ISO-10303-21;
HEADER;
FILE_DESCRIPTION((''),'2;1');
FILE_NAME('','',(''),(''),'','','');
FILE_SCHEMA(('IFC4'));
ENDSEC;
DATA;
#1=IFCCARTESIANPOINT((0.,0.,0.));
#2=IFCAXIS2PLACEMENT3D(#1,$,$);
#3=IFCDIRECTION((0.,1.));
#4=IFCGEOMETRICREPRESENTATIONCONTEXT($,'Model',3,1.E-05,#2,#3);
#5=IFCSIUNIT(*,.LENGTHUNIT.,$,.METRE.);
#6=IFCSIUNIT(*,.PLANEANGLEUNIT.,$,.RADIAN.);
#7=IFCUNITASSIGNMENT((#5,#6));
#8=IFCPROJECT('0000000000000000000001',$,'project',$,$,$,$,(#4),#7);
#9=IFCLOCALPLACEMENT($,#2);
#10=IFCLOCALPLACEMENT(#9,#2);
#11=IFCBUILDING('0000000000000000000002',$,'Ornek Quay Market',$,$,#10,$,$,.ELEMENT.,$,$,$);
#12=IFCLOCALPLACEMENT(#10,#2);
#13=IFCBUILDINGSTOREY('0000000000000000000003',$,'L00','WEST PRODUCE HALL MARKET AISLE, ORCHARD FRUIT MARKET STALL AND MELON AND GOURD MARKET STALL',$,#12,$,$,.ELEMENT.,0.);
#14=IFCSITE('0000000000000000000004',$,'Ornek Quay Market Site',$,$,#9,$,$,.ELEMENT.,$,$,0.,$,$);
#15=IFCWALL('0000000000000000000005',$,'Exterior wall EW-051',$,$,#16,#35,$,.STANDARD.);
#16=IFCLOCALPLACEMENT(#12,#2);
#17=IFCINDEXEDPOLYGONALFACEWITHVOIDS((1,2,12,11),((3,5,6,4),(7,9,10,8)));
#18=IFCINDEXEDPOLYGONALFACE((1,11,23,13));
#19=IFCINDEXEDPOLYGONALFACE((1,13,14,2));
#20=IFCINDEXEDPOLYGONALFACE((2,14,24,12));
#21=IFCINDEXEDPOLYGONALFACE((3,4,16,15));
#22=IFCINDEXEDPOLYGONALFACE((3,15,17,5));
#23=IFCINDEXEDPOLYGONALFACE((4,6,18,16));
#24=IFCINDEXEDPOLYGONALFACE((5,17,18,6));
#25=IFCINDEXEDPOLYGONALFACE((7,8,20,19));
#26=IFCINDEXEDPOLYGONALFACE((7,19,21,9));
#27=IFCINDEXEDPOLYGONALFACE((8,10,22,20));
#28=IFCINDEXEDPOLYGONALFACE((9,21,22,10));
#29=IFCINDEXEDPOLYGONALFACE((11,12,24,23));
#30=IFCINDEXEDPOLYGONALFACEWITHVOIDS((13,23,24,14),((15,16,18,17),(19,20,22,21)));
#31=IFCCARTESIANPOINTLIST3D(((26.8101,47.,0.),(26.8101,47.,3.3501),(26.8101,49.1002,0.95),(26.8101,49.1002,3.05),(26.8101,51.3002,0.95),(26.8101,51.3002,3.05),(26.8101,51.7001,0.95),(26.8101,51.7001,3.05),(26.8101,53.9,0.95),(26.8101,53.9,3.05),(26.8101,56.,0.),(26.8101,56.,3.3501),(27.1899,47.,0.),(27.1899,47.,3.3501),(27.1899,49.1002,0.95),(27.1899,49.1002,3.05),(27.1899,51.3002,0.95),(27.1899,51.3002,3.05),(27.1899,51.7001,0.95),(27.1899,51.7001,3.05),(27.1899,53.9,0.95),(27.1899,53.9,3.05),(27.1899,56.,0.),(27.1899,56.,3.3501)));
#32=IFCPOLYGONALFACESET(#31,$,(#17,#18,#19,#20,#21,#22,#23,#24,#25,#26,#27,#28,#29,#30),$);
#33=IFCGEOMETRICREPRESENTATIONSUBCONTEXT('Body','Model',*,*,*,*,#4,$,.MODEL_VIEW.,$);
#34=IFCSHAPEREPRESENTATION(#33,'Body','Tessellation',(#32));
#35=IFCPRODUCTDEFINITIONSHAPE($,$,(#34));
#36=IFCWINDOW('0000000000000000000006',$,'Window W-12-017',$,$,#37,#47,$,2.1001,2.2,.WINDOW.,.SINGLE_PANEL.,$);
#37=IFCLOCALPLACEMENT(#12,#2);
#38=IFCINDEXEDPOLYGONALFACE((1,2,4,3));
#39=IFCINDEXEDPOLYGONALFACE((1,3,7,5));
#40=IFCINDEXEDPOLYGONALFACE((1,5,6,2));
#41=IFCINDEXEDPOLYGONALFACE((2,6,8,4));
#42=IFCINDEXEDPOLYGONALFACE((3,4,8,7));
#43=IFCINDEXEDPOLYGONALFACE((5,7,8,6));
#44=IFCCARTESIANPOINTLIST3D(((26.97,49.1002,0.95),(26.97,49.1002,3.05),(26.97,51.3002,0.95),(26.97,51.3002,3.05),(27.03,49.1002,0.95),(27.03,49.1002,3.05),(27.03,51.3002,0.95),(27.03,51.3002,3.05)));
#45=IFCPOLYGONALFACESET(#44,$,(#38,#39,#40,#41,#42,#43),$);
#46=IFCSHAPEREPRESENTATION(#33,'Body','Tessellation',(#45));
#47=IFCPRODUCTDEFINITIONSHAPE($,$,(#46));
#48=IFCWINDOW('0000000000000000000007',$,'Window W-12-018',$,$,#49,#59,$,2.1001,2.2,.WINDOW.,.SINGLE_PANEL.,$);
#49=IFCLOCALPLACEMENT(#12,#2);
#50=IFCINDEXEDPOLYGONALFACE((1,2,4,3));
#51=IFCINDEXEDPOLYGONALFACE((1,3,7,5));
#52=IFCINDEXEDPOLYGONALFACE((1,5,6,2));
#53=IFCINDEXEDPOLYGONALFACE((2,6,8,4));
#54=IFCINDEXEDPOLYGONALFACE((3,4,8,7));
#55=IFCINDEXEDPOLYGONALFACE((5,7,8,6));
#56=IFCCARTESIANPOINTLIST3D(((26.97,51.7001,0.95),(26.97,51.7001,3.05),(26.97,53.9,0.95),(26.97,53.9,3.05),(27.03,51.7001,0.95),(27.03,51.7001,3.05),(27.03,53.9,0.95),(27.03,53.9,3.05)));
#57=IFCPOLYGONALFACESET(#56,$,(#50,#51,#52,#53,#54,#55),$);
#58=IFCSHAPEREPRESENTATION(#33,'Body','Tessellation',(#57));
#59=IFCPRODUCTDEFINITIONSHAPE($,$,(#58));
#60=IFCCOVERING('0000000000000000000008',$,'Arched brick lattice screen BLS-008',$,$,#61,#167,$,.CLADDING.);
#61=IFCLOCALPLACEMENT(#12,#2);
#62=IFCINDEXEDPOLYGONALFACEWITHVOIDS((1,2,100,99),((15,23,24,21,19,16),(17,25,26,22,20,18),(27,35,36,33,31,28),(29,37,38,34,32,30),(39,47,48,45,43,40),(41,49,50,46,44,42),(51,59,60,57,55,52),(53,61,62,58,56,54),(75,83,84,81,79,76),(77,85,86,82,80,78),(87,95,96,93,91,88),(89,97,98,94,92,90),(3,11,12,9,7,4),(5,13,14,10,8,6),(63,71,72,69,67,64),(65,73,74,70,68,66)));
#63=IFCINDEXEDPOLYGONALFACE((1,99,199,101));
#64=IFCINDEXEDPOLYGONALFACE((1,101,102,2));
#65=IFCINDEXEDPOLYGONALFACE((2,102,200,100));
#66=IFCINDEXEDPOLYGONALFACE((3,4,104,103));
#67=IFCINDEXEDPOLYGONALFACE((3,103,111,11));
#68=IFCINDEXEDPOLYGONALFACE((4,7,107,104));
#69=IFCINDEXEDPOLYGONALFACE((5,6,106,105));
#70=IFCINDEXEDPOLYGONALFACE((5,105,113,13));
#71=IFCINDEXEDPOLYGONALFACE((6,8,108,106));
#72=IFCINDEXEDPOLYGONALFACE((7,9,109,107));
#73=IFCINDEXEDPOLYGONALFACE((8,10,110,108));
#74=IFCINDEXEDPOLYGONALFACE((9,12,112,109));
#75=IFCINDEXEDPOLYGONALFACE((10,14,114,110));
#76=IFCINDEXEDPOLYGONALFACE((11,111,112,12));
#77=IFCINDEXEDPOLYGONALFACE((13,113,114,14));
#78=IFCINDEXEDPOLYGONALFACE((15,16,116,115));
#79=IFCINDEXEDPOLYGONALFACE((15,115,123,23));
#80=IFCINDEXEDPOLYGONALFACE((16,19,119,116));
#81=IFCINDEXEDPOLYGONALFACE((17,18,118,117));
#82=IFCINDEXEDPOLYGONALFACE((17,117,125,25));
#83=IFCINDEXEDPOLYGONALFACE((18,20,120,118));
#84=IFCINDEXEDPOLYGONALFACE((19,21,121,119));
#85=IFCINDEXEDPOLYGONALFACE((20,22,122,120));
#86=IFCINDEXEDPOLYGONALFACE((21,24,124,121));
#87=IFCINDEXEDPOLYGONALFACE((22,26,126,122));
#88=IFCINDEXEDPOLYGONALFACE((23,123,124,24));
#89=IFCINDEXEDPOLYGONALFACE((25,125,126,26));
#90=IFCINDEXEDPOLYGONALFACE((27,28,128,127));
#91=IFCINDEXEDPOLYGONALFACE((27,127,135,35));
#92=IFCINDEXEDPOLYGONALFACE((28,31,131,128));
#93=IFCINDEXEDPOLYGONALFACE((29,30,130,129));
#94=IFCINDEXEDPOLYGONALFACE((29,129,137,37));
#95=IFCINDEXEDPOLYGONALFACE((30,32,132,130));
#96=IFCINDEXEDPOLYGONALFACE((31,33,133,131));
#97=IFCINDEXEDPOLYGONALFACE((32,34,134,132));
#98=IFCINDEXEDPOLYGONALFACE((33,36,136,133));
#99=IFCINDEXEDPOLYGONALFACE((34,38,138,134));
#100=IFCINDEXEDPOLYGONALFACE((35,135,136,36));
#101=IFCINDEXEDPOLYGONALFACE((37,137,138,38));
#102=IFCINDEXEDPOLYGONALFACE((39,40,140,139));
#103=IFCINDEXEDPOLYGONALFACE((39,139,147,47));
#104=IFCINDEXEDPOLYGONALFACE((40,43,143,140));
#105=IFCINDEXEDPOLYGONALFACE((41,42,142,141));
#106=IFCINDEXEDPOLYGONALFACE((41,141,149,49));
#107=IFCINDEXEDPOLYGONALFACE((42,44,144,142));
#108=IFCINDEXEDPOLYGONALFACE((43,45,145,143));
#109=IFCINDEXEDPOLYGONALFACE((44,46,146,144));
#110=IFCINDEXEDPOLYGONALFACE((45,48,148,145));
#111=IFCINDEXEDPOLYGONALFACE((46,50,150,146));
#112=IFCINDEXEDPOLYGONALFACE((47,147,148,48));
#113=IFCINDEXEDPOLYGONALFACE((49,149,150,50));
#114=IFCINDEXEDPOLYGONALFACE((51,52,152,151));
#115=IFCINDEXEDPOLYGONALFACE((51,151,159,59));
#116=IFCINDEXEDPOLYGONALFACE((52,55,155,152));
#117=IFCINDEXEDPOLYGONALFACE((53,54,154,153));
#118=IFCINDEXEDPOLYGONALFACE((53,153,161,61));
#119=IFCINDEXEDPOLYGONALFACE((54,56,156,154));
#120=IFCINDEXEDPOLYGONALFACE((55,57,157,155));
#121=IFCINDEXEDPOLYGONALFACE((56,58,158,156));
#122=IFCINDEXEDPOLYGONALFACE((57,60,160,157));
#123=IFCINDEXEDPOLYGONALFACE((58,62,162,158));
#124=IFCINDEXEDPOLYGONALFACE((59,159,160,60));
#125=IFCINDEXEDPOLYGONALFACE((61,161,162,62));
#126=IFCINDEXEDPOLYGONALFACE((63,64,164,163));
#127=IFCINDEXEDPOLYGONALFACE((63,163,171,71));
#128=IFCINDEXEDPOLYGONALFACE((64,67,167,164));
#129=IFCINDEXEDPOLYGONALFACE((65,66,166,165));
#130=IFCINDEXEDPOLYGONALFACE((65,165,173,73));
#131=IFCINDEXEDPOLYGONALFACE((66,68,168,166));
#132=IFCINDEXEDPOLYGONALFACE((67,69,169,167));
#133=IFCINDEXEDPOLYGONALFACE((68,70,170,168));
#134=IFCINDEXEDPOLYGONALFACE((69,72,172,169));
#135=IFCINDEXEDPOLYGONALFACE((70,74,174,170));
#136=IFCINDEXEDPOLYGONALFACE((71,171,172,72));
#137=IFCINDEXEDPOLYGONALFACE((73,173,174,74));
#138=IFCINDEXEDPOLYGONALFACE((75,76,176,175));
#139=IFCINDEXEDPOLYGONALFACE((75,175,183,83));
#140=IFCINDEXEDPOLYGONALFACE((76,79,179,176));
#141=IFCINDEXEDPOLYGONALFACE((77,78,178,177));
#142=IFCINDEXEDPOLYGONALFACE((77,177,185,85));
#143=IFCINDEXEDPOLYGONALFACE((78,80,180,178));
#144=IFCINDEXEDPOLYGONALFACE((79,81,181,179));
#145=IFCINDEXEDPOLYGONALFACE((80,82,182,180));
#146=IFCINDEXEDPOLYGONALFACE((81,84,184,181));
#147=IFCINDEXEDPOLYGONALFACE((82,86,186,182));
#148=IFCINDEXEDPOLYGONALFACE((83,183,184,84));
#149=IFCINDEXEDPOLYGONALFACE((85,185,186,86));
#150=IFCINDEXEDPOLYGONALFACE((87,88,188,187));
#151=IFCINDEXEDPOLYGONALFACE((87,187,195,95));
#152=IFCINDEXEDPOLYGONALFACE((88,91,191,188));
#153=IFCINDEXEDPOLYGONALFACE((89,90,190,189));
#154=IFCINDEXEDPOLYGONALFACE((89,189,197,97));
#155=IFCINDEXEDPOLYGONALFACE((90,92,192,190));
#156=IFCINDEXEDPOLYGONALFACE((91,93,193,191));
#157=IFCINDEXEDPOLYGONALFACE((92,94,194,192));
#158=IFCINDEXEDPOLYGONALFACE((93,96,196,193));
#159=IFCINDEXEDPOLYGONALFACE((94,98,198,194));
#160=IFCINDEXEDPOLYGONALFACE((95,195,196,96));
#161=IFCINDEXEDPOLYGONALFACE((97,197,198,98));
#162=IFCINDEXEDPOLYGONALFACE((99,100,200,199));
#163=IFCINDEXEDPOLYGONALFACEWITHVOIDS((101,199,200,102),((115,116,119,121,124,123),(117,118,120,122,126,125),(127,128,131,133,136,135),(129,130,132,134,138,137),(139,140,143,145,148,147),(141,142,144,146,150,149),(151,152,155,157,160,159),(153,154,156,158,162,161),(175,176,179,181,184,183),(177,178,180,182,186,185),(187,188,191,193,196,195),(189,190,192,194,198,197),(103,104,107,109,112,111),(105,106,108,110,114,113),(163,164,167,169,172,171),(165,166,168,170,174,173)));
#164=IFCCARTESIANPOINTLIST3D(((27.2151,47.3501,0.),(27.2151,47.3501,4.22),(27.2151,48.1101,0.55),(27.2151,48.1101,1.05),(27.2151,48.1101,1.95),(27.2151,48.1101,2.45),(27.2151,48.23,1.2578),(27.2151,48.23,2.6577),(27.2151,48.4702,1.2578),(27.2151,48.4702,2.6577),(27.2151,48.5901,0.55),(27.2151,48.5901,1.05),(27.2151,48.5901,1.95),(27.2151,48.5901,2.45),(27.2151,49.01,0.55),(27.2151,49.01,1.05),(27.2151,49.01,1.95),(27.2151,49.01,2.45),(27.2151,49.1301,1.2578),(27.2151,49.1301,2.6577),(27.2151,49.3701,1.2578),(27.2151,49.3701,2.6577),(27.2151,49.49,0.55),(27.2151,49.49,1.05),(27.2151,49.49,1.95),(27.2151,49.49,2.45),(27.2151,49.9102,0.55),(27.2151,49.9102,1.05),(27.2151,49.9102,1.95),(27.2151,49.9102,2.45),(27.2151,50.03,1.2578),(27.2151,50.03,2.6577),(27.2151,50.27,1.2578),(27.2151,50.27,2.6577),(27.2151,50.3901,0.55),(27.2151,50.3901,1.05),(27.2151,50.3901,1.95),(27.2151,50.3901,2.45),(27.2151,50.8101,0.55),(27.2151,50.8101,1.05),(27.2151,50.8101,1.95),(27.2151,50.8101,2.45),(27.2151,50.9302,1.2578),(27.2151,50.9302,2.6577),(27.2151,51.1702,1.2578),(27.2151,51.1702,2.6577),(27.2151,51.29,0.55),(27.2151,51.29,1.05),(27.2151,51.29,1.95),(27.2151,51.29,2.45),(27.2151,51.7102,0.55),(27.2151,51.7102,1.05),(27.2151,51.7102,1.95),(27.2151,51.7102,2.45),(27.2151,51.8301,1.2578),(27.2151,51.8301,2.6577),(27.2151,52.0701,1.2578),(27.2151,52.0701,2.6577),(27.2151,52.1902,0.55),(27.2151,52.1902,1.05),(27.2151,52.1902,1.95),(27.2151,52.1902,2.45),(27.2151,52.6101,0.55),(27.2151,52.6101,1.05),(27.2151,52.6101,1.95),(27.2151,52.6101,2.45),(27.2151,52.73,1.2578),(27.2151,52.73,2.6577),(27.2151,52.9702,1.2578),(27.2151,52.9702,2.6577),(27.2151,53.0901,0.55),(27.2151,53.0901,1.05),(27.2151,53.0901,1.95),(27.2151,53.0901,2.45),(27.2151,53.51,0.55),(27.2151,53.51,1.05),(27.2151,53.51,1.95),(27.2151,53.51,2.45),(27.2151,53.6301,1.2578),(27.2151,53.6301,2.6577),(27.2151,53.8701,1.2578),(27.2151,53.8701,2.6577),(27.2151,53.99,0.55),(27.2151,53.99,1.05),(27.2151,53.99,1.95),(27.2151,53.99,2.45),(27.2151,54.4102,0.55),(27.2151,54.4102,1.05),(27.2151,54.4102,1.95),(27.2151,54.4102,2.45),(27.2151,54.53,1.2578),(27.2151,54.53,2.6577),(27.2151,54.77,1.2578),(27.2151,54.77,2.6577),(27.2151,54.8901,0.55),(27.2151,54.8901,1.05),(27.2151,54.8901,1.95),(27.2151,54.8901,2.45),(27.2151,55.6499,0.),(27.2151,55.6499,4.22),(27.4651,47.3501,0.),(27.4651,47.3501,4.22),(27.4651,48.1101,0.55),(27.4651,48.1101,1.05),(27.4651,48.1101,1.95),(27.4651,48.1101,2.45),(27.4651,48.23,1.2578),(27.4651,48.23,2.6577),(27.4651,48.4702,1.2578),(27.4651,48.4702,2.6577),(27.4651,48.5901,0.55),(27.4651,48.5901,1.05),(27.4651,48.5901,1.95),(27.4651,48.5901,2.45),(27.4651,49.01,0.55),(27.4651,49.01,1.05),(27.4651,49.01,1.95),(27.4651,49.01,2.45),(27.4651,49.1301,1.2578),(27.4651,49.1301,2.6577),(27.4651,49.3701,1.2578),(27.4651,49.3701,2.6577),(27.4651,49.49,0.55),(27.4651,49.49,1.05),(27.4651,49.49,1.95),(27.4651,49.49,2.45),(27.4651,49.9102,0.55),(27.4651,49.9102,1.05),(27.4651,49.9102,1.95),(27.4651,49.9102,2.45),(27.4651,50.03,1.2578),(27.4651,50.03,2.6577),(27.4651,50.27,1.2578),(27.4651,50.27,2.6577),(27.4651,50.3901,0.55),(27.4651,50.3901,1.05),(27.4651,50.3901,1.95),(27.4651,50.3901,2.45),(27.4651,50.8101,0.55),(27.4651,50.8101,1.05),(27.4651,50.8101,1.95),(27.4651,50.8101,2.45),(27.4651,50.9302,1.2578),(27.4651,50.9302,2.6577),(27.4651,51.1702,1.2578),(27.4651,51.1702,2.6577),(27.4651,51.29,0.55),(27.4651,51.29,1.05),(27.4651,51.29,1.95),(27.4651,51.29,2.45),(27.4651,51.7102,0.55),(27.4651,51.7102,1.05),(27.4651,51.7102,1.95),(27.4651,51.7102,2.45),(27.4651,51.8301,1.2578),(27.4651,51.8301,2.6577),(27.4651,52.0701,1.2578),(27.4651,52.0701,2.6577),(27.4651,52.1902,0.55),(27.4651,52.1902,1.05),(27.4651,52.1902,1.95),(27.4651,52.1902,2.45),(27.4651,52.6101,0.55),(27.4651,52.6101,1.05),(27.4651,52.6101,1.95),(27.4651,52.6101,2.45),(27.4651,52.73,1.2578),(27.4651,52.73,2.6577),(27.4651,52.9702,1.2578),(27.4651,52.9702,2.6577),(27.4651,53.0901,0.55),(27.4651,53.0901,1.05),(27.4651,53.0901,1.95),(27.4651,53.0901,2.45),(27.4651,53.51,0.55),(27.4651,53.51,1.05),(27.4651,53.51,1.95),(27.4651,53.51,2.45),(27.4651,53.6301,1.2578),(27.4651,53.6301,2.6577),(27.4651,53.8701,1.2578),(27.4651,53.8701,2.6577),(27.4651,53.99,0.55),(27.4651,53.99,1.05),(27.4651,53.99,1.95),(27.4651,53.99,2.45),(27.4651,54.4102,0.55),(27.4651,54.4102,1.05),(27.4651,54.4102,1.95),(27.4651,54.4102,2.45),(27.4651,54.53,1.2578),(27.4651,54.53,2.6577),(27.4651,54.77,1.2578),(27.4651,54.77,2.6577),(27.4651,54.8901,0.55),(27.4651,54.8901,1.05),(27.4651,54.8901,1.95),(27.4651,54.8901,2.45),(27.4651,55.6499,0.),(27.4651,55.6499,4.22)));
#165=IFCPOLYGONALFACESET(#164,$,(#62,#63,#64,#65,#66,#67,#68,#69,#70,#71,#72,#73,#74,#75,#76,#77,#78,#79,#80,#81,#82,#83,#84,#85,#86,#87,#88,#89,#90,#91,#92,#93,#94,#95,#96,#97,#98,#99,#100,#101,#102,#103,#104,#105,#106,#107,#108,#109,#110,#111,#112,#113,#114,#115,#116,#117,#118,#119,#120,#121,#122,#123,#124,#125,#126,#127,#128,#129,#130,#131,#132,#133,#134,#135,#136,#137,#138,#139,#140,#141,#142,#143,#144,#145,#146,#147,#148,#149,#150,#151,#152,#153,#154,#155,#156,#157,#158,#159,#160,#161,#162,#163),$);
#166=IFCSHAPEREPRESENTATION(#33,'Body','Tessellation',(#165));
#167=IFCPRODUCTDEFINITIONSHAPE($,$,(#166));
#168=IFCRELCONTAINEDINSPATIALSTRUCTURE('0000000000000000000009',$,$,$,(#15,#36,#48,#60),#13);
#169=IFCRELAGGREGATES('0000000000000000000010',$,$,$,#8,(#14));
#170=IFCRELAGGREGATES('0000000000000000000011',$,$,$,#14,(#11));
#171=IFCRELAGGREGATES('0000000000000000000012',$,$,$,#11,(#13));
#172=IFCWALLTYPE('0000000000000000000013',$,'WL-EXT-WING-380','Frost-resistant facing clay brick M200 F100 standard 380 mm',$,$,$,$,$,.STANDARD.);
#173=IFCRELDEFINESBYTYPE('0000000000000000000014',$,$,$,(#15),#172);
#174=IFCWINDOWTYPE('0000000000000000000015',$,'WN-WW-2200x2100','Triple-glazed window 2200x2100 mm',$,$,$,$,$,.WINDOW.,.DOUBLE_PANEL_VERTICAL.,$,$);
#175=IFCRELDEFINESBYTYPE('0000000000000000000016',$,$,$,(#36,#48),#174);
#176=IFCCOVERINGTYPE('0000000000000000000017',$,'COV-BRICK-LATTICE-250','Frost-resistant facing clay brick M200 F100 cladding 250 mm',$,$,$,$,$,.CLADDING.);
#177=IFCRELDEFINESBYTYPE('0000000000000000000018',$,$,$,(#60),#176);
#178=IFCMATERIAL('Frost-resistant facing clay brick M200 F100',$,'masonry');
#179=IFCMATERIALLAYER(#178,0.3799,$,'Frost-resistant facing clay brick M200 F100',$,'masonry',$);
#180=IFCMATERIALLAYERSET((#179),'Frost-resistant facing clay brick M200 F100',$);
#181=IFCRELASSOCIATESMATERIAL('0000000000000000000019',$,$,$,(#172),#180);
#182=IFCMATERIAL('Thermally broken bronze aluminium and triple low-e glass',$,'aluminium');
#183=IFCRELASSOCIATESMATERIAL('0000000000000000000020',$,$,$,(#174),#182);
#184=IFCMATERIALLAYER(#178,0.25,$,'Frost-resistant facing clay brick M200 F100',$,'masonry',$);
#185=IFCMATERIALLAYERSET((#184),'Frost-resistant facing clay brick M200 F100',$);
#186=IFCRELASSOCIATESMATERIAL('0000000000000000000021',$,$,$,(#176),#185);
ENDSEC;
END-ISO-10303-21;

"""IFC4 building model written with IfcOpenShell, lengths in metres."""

from ifc_helpers import new_model, si_unit, direction, frame, frame_2d, origin, place, context, subcontext, project, spatial, polyline, rectangle, outline, extrude, material, layer, layer_set, type_object, element, fill, save


model = new_model("IFC4")

# Units and contexts
model_context = context("Model", 3, precision=1e-05, world=origin(), true_north=direction((0.0, 1.0)))
body_context = subcontext(model_context, "Body", "Model", "MODEL_VIEW")
ifc_project = project(units=[si_unit("LENGTHUNIT", "METRE"), si_unit("PLANEANGLEUNIT", "RADIAN")], contexts=[model_context])

# Site, building, storey
site_placement = place(None, origin())
site = spatial("IfcSite", under=ifc_project, at=site_placement, Name="Ornek Quay Market Site", CompositionType="ELEMENT", RefElevation=0.0)
building_placement = place(site_placement, origin())
building = spatial("IfcBuilding", under=site, at=building_placement, Name="Ornek Quay Market", CompositionType="ELEMENT")
storey_placement = place(building_placement, origin())
storey = spatial("IfcBuildingStorey", under=building, at=storey_placement, Name="L00", Description="WEST PRODUCE HALL MARKET AISLE, ORCHARD FRUIT MARKET STALL AND MELON AND GOURD MARKET STALL", CompositionType="ELEMENT", Elevation=0.0)

# Wall, openings, windows
ifc_material_1 = material(Name="Frost-resistant facing clay brick M200 F100", Category="masonry")
ifc_layer_1 = layer(ifc_material_1, 0.3799, Name="Frost-resistant facing clay brick M200 F100", Category="masonry")
ifc_layer_set_1 = layer_set([ifc_layer_1], Name="Frost-resistant facing clay brick M200 F100")
wall_type = type_object("IfcWallType", Name="WL-EXT-WING-380", Description="Frost-resistant facing clay brick M200 F100 standard 380 mm", PredefinedType="STANDARD", material=ifc_layer_set_1)
wall_placement = place(storey_placement, frame((27.0, 47.0, 0.0), z_axis=(0.0, 0.0, 1.0), x_axis=(0.0, 1.0, 0.0)))
wall = element("IfcWall", 1, at=wall_placement, inside=storey, type_object=wall_type, Name="Exterior wall EW-051", PredefinedType="STANDARD", context=body_context, shape_type="SweptSolid", body=[
    extrude(rectangle(XDim=9.0, YDim=0.3799, at=frame_2d((4.5, 0.0))), origin(), (0.0, 0.0, 1.0), 3.3501),
])
opening_1_placement = place(wall_placement, frame((2.1001, 0.0, 0.95)))
opening_1 = element("IfcOpeningElement", 2, at=opening_1_placement, cuts=wall, PredefinedType="OPENING", context=body_context, shape_type="SweptSolid", body=[
    extrude(rectangle(XDim=2.2, YDim=2.1001, at=frame_2d((1.1001, 1.05))), frame((0.0, 0.2, 0.0), z_axis=(0.0, -1.0, 0.0), x_axis=(1.0, 0.0, 0.0)), (0.0, 0.0, 1.0), 0.3999),
])
opening_2_placement = place(wall_placement, frame((4.7, 0.0, 0.95)))
opening_2 = element("IfcOpeningElement", 3, at=opening_2_placement, cuts=wall, PredefinedType="OPENING", context=body_context, shape_type="SweptSolid", body=[
    extrude(rectangle(XDim=2.2, YDim=2.1001, at=frame_2d((1.1001, 1.05))), frame((0.0, 0.2, 0.0), z_axis=(0.0, -1.0, 0.0), x_axis=(1.0, 0.0, 0.0)), (0.0, 0.0, 1.0), 0.3999),
])
ifc_material_2 = material(Name="Thermally broken bronze aluminium and triple low-e glass", Category="aluminium")
window_type = type_object("IfcWindowType", Name="WN-WW-2200x2100", Description="Triple-glazed window 2200x2100 mm", PartitioningType="DOUBLE_PANEL_VERTICAL", PredefinedType="WINDOW", material=ifc_material_2)
window_1_placement = place(opening_1_placement, origin())
window_1 = element("IfcWindow", 4, at=window_1_placement, inside=storey, type_object=window_type, Name="Window W-12-017", OverallHeight=2.1001, OverallWidth=2.2, PartitioningType="SINGLE_PANEL", PredefinedType="WINDOW", context=body_context, shape_type="SweptSolid", body=[
    extrude(rectangle(XDim=2.2, YDim=2.1001, at=frame_2d((1.1001, 1.05))), frame((0.0, 0.03, 0.0), z_axis=(0.0, -1.0, 0.0), x_axis=(1.0, 0.0, 0.0)), (0.0, 0.0, 1.0), 0.0601),
])
fill(opening_1, window_1)
window_2_placement = place(opening_2_placement, origin())
window_2 = element("IfcWindow", 5, at=window_2_placement, inside=storey, type_object=window_type, Name="Window W-12-018", OverallHeight=2.1001, OverallWidth=2.2, PartitioningType="SINGLE_PANEL", PredefinedType="WINDOW", context=body_context, shape_type="SweptSolid", body=[
    extrude(rectangle(XDim=2.2, YDim=2.1001, at=frame_2d((1.1001, 1.05))), frame((0.0, 0.03, 0.0), z_axis=(0.0, -1.0, 0.0), x_axis=(1.0, 0.0, 0.0)), (0.0, 0.0, 1.0), 0.0601),
])
fill(opening_2, window_2)

# Covering
ifc_layer_2 = layer(ifc_material_1, 0.25, Name="Frost-resistant facing clay brick M200 F100", Category="masonry")
ifc_layer_set_2 = layer_set([ifc_layer_2], Name="Frost-resistant facing clay brick M200 F100")
covering_type = type_object("IfcCoveringType", Name="COV-BRICK-LATTICE-250", Description="Frost-resistant facing clay brick M200 F100 cladding 250 mm", PredefinedType="CLADDING", material=ifc_layer_set_2)
covering_placement = place(storey_placement, frame((27.3401, 47.3501, 0.0), z_axis=(0.0, 0.0, 1.0), x_axis=(0.0, 1.0, 0.0)))
element("IfcCovering", 6, at=covering_placement, inside=storey, type_object=covering_type, Name="Arched brick lattice screen BLS-008", PredefinedType="CLADDING", context=body_context, shape_type="SweptSolid", body=[
    extrude(outline(polyline([(0.0, 0.0), (8.2998, 0.0), (8.2998, 4.22), (0.0, 4.22), (0.0, 0.0)]), holes=[polyline([(0.76, 0.55), (1.24, 0.55), (1.24, 1.05), (1.1201, 1.2578), (0.8799, 1.2578), (0.76, 1.05), (0.76, 0.55)]), polyline([(0.76, 1.95), (1.24, 1.95), (1.24, 2.45), (1.1201, 2.6577), (0.8799, 2.6577), (0.76, 2.45), (0.76, 1.95)]), polyline([(1.6599, 0.55), (2.1399, 0.55), (2.1399, 1.05), (2.02, 1.2578), (1.78, 1.2578), (1.6599, 1.05), (1.6599, 0.55)]), polyline([(1.6599, 1.95), (2.1399, 1.95), (2.1399, 2.45), (2.02, 2.6577), (1.78, 2.6577), (1.6599, 2.45), (1.6599, 1.95)]), polyline([(2.5601, 0.55), (3.04, 0.55), (3.04, 1.05), (2.9199, 1.2578), (2.6799, 1.2578), (2.5601, 1.05), (2.5601, 0.55)]), polyline([(2.5601, 1.95), (3.04, 1.95), (3.04, 2.45), (2.9199, 2.6577), (2.6799, 2.6577), (2.5601, 2.45), (2.5601, 1.95)]), polyline([(3.46, 0.55), (3.9399, 0.55), (3.9399, 1.05), (3.8201, 1.2578), (3.5801, 1.2578), (3.46, 1.05), (3.46, 0.55)]), polyline([(3.46, 1.95), (3.9399, 1.95), (3.9399, 2.45), (3.8201, 2.6577), (3.5801, 2.6577), (3.46, 2.45), (3.46, 1.95)]), polyline([(4.3601, 0.55), (4.8401, 0.55), (4.8401, 1.05), (4.72, 1.2578), (4.48, 1.2578), (4.3601, 1.05), (4.3601, 0.55)]), polyline([(4.3601, 1.95), (4.8401, 1.95), (4.8401, 2.45), (4.72, 2.6577), (4.48, 2.6577), (4.3601, 2.45), (4.3601, 1.95)]), polyline([(5.26, 0.55), (5.74, 0.55), (5.74, 1.05), (5.6201, 1.2578), (5.3799, 1.2578), (5.26, 1.05), (5.26, 0.55)]), polyline([(5.26, 1.95), (5.74, 1.95), (5.74, 2.45), (5.6201, 2.6577), (5.3799, 2.6577), (5.26, 2.45), (5.26, 1.95)]), polyline([(6.1599, 0.55), (6.6399, 0.55), (6.6399, 1.05), (6.52, 1.2578), (6.28, 1.2578), (6.1599, 1.05), (6.1599, 0.55)]), polyline([(6.1599, 1.95), (6.6399, 1.95), (6.6399, 2.45), (6.52, 2.6577), (6.28, 2.6577), (6.1599, 2.45), (6.1599, 1.95)]), polyline([(7.0601, 0.55), (7.54, 0.55), (7.54, 1.05), (7.4199, 1.2578), (7.1799, 1.2578), (7.0601, 1.05), (7.0601, 0.55)]), polyline([(7.0601, 1.95), (7.54, 1.95), (7.54, 2.45), (7.4199, 2.6577), (7.1799, 2.6577), (7.0601, 2.45), (7.0601, 1.95)])]), frame((0.0, 0.125, 0.0), z_axis=(0.0, -1.0, 0.0), x_axis=(1.0, 0.0, 0.0)), (0.0, 0.0, 1.0), 0.25),
])

save(model, "model.ifc")
